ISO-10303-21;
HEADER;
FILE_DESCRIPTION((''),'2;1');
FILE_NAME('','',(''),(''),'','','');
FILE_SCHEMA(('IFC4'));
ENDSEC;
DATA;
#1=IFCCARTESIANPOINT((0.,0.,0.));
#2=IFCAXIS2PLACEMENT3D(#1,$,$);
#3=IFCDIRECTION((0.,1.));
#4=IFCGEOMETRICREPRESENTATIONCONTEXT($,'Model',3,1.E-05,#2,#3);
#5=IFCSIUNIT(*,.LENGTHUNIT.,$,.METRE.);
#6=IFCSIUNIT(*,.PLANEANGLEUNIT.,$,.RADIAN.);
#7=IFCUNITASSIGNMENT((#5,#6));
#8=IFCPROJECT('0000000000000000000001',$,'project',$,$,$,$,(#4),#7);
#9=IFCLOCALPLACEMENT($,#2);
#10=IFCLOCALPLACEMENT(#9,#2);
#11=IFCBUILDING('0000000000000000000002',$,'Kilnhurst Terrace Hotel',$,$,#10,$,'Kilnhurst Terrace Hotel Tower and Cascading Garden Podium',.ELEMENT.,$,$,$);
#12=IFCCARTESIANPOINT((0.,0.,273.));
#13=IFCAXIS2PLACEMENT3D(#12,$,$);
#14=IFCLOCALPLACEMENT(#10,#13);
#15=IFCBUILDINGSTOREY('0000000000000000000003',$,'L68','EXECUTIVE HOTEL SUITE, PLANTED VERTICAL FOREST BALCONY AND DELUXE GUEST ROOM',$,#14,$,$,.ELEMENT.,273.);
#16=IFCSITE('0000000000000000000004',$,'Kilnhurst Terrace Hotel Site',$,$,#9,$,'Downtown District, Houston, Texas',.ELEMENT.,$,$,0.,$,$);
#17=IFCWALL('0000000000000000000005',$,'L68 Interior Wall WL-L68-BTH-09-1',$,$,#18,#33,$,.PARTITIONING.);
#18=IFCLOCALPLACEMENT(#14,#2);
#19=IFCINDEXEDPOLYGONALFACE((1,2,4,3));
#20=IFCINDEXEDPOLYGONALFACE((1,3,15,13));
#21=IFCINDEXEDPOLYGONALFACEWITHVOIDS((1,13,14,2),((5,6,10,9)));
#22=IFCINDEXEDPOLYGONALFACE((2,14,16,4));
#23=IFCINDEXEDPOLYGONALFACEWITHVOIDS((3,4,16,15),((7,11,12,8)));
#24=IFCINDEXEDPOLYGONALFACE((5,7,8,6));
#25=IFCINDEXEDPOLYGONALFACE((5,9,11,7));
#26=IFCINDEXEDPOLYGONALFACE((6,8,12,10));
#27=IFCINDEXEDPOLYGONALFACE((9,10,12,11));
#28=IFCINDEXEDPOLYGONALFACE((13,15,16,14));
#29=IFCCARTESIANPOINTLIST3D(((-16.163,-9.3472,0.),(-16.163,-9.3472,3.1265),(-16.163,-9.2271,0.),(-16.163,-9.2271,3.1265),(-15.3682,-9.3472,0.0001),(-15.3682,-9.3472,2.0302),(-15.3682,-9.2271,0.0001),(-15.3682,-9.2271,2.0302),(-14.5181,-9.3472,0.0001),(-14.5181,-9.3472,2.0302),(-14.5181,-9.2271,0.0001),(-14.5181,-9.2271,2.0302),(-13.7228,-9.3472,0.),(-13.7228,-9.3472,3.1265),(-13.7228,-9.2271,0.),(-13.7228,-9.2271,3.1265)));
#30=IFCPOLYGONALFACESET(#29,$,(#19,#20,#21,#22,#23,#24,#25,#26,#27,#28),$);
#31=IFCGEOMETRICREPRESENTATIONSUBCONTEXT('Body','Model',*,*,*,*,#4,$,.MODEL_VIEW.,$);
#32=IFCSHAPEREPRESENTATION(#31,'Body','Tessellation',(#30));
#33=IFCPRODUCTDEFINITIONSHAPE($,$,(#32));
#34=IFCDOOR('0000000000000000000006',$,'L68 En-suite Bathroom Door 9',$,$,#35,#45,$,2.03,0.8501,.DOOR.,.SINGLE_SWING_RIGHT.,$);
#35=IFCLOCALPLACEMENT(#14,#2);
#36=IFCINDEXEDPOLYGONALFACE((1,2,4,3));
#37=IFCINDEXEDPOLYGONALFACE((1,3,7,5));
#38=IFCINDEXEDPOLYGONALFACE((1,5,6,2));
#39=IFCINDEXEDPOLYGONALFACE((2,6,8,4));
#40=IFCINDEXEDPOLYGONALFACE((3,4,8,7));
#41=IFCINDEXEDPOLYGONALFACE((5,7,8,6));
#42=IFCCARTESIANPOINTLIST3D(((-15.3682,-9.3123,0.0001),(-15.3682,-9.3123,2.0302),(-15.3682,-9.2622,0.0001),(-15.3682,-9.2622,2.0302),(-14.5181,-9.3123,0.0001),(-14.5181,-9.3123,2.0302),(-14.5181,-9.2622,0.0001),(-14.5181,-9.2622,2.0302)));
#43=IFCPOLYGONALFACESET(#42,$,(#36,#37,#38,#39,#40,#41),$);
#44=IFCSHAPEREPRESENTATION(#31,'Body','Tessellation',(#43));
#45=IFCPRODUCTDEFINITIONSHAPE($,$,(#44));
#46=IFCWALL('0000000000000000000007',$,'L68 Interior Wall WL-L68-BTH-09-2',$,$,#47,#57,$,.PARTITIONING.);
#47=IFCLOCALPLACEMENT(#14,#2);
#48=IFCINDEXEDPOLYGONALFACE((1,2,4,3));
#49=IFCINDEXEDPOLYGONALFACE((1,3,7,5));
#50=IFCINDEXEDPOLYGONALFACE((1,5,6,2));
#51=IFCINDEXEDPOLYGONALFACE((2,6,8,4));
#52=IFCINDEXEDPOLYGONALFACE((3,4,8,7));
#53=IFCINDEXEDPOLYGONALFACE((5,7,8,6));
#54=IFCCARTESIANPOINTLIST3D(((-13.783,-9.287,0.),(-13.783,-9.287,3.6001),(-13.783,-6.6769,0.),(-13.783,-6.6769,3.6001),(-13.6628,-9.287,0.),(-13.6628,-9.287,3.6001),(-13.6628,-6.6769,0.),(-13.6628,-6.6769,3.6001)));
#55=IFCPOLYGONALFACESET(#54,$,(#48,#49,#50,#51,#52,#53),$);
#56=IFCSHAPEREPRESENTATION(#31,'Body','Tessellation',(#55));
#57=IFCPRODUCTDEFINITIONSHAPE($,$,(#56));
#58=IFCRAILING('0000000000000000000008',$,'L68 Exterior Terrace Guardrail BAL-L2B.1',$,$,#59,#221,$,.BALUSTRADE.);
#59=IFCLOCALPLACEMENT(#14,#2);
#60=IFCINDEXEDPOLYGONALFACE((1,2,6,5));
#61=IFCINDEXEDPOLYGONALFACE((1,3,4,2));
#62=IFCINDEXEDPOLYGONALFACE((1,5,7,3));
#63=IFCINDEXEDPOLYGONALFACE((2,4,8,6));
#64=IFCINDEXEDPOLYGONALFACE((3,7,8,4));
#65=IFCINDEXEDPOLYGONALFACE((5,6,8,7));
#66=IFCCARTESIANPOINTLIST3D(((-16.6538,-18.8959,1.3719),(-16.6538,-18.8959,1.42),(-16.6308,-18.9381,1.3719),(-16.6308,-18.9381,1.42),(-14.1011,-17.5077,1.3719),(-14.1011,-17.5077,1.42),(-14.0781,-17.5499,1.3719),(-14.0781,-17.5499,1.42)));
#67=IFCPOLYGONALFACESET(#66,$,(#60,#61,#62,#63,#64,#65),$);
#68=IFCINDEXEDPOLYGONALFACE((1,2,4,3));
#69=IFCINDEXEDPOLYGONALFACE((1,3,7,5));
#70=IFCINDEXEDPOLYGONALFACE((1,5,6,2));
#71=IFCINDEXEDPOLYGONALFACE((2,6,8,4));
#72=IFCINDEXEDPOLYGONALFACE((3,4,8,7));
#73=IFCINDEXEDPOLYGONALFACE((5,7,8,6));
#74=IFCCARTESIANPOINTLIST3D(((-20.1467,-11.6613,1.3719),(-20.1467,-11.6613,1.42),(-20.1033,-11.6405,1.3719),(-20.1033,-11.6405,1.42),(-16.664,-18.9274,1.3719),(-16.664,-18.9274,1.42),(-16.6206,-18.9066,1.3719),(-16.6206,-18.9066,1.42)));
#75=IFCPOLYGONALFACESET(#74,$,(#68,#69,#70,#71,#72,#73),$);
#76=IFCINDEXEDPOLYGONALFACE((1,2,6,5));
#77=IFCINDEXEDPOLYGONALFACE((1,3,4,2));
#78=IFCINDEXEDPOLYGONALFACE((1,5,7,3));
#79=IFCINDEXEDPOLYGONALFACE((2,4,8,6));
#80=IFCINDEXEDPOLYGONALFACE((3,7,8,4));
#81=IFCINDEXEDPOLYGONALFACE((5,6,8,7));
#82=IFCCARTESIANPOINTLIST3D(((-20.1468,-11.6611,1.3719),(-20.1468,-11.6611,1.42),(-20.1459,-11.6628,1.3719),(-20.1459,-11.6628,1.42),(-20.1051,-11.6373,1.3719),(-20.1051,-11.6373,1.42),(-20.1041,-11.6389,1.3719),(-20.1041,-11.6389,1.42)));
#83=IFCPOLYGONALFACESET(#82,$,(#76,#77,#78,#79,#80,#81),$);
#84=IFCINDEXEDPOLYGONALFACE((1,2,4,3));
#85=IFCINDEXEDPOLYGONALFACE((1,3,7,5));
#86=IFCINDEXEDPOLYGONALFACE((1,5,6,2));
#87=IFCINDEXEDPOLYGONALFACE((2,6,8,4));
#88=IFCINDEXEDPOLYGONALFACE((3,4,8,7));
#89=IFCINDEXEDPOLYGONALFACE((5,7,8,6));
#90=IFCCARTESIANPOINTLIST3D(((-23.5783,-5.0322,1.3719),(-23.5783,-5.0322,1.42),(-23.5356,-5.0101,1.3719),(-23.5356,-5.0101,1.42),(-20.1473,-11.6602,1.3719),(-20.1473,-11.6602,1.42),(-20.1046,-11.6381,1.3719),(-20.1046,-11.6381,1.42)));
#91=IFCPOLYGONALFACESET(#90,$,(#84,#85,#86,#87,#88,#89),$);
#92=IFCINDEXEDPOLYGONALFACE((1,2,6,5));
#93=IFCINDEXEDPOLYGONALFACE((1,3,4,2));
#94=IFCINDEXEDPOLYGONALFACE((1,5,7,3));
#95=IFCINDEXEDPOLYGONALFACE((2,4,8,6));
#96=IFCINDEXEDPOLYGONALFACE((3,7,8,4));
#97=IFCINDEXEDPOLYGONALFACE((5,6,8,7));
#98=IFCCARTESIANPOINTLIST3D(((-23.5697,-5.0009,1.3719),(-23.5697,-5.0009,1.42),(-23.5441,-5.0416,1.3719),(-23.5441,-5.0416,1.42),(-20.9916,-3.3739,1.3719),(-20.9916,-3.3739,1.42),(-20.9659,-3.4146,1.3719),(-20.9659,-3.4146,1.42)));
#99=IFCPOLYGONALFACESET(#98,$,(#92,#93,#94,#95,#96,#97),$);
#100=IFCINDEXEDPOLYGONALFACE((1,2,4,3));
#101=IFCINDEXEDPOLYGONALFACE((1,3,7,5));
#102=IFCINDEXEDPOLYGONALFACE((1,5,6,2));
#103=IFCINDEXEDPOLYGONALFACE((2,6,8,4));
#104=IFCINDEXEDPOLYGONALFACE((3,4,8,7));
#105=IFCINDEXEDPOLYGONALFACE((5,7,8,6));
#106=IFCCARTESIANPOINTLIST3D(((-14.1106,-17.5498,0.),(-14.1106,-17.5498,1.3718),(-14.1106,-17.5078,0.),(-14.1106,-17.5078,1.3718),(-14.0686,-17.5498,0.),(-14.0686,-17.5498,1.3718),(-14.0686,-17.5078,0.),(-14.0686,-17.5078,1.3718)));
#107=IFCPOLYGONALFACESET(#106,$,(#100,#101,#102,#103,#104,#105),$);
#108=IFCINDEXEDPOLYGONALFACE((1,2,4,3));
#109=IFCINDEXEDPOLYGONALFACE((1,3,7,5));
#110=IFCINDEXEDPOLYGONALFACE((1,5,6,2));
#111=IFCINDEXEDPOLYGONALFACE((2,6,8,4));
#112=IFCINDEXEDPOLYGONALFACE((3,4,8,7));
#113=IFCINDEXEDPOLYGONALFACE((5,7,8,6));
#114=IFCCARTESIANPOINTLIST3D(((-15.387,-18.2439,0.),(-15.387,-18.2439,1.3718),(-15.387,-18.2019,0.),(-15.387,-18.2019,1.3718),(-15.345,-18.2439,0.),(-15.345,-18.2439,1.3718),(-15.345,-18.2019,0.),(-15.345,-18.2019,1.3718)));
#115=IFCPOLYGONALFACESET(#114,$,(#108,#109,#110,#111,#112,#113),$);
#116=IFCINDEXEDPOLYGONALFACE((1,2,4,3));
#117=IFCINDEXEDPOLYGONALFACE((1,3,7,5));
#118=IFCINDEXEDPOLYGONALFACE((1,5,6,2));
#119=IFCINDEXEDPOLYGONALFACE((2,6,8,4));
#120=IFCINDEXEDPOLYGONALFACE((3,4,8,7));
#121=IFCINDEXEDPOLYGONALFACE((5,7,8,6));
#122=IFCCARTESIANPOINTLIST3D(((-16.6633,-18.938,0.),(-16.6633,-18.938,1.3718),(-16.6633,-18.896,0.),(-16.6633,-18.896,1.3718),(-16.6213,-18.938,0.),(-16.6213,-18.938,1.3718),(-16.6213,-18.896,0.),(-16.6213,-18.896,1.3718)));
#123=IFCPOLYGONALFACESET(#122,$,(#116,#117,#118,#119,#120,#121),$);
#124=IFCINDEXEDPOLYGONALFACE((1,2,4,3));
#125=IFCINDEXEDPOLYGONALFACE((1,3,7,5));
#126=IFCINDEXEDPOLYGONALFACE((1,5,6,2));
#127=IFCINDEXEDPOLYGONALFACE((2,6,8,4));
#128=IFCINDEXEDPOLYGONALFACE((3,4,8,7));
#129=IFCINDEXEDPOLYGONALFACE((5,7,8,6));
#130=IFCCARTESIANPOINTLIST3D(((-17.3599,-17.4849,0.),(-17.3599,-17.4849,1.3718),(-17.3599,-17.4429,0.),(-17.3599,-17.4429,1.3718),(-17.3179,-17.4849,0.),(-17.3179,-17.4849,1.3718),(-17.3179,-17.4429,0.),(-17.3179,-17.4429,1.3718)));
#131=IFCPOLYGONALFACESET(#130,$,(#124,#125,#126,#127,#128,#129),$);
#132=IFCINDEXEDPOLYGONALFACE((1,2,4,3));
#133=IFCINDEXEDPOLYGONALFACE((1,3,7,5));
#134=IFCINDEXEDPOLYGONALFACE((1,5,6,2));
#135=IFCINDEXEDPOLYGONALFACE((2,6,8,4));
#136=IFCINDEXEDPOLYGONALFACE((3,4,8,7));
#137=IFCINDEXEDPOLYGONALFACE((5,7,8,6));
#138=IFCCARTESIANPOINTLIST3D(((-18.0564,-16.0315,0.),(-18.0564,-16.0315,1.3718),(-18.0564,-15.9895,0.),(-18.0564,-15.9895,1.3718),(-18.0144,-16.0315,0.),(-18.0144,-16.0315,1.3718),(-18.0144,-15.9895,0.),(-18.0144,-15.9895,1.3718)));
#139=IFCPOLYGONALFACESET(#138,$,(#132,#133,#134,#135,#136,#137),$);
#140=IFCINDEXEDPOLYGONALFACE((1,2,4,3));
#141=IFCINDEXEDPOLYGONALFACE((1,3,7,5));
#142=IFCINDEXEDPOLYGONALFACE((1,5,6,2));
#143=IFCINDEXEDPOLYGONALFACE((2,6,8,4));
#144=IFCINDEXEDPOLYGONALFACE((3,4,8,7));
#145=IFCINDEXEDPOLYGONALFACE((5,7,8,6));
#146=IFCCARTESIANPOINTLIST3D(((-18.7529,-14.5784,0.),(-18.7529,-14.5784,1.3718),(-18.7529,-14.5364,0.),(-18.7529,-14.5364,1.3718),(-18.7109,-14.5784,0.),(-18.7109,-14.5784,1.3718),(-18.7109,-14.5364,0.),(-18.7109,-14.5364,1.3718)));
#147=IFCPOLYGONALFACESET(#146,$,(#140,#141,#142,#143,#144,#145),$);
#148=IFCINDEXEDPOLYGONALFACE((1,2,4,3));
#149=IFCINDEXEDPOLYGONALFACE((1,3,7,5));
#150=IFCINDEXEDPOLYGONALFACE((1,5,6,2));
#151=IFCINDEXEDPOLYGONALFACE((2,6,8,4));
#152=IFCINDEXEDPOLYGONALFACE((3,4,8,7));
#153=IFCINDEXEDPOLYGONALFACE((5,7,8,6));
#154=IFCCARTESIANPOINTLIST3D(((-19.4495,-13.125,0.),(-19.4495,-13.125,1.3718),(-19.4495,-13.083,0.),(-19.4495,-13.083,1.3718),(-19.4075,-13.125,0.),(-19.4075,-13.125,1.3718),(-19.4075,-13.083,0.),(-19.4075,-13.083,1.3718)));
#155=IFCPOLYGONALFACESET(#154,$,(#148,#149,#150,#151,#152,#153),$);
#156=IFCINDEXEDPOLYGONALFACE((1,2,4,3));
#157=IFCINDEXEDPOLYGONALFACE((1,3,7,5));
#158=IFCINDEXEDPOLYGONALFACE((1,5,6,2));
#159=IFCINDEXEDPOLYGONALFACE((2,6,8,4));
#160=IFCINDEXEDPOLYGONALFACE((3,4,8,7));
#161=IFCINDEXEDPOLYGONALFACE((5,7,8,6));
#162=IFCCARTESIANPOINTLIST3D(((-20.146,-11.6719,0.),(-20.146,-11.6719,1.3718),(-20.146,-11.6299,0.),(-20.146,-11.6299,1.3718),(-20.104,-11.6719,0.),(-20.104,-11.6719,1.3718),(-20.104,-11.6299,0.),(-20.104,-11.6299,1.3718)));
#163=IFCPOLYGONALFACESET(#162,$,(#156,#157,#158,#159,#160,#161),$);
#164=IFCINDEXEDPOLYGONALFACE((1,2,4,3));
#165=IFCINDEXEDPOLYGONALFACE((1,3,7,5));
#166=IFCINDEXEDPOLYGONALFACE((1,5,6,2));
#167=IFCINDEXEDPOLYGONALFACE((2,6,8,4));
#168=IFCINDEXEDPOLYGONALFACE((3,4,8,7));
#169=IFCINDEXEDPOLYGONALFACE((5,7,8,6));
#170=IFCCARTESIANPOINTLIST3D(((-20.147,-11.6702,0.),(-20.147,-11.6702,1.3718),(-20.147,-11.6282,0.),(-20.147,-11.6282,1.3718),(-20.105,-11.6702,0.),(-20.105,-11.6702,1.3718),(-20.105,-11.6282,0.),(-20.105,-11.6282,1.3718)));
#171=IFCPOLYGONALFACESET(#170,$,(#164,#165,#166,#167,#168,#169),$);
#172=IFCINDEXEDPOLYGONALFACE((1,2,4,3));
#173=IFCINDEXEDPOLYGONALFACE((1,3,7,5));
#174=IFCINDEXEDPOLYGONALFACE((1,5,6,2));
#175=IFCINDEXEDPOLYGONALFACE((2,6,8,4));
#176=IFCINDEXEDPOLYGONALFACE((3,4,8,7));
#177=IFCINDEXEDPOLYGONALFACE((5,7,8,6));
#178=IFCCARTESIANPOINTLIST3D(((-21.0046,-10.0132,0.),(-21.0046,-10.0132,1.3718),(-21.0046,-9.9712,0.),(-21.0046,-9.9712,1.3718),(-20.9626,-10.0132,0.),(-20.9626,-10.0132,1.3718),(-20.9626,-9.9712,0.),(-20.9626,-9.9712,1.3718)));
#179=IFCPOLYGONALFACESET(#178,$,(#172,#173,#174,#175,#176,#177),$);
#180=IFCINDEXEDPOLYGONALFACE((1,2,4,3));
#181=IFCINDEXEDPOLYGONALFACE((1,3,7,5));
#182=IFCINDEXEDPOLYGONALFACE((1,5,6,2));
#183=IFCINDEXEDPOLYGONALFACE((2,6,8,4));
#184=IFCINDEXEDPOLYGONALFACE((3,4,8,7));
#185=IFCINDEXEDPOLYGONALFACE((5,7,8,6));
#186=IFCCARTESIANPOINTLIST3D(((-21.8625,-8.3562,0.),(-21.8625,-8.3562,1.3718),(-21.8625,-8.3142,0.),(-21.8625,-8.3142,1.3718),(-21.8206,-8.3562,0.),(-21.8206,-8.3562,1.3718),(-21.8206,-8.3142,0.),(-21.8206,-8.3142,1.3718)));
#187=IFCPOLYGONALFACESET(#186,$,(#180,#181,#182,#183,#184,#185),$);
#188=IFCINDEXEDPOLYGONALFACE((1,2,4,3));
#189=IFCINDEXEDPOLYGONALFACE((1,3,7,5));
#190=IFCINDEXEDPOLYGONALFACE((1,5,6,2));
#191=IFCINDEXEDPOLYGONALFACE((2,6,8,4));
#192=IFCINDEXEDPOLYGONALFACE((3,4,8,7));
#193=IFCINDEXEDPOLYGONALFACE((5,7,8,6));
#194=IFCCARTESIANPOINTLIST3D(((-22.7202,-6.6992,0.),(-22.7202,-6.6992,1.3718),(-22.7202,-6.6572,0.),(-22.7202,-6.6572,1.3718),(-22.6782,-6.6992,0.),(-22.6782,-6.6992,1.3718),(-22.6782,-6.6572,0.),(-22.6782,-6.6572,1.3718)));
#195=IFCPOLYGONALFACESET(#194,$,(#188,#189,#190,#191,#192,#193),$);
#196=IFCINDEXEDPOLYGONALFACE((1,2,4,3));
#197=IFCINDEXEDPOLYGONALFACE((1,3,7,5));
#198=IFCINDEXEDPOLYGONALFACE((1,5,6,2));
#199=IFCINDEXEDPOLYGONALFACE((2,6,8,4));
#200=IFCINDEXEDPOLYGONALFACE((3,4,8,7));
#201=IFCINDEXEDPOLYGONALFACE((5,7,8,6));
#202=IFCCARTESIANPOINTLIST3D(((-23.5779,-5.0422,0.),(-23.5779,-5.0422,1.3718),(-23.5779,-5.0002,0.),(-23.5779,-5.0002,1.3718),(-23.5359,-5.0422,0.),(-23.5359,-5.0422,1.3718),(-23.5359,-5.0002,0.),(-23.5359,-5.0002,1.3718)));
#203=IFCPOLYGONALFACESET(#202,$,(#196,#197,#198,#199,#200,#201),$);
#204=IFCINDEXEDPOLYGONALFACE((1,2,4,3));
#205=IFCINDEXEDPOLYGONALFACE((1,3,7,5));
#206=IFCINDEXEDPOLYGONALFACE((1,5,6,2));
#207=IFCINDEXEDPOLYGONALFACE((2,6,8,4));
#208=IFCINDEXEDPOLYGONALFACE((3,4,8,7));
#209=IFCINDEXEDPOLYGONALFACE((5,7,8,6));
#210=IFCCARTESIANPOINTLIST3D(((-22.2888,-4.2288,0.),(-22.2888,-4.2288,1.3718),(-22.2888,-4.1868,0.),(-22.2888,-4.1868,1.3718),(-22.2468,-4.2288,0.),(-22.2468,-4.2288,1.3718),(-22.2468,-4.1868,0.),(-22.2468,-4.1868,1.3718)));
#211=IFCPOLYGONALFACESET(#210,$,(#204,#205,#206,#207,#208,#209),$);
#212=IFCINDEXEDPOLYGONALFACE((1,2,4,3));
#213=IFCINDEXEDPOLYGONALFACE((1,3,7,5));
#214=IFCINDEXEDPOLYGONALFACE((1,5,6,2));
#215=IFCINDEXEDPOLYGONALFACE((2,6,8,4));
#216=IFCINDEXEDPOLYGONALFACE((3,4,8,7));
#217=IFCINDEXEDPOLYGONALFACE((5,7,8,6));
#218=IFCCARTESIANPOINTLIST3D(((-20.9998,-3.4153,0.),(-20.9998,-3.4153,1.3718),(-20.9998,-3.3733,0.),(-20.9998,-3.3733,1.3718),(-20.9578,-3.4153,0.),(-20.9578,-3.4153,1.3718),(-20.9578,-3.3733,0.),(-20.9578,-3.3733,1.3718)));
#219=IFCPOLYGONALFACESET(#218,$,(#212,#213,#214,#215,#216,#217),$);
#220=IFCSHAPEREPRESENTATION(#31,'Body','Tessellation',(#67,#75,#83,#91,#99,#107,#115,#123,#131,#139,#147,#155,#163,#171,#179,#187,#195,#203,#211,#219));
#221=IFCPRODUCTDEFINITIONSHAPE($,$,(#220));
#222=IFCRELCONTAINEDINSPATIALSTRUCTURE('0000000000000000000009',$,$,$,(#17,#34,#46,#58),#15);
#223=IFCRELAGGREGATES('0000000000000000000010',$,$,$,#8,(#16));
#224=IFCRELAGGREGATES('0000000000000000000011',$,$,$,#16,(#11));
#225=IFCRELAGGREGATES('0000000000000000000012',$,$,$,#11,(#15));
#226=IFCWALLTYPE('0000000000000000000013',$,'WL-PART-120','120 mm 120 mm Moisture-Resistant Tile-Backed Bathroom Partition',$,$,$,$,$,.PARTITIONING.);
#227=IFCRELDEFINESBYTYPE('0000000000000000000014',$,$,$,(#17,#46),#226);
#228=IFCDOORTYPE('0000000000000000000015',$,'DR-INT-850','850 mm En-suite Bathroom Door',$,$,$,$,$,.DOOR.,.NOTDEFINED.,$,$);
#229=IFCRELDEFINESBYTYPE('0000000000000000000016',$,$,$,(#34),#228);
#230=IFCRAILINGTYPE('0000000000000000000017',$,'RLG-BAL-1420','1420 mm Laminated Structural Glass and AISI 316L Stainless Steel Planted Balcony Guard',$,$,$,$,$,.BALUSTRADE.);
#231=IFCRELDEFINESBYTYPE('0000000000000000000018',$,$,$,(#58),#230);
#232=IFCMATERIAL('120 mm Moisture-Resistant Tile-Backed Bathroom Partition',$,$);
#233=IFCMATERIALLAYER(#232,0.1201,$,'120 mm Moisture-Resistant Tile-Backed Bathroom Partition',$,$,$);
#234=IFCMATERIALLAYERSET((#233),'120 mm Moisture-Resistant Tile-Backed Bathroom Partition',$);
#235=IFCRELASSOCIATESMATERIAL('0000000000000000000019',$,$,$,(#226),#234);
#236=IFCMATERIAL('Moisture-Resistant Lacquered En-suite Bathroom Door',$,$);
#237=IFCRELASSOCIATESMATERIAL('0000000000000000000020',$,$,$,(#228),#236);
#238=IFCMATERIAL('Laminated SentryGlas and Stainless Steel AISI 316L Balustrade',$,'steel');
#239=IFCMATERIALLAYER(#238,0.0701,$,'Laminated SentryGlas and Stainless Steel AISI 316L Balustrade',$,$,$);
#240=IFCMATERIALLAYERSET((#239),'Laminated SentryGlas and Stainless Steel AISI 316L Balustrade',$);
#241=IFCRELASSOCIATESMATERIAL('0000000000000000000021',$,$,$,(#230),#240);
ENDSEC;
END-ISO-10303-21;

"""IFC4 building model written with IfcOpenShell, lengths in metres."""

from ifc_helpers import new_model, si_unit, direction, frame, frame_2d, origin, origin_2d, place, context, subcontext, project, spatial, rectangle, extrude, material, layer, layer_set, type_object, element, fill, save


model = new_model("IFC4")

# Units and contexts
model_context = context("Model", 3, precision=1e-05, world=origin(), true_north=direction((0.0, 1.0)))
body_context = subcontext(model_context, "Body", "Model", "MODEL_VIEW")
ifc_project = project(units=[si_unit("LENGTHUNIT", "METRE"), si_unit("PLANEANGLEUNIT", "RADIAN")], contexts=[model_context])

# Site, building, storey
site_placement = place(None, origin())
site = spatial("IfcSite", under=ifc_project, at=site_placement, Name="Kilnhurst Terrace Hotel Site", LongName="Downtown District, Houston, Texas", CompositionType="ELEMENT", RefElevation=0.0)
building_placement = place(site_placement, origin())
building = spatial("IfcBuilding", under=site, at=building_placement, Name="Kilnhurst Terrace Hotel", LongName="Kilnhurst Terrace Hotel Tower and Cascading Garden Podium", CompositionType="ELEMENT")
storey_placement = place(building_placement, frame((0.0, 0.0, 273.0)))
storey = spatial("IfcBuildingStorey", under=building, at=storey_placement, Name="L68", Description="EXECUTIVE HOTEL SUITE, PLANTED VERTICAL FOREST BALCONY AND DELUXE GUEST ROOM", CompositionType="ELEMENT", Elevation=273.0)

# Wall, opening, door
ifc_material_1 = material(Name="120 mm Moisture-Resistant Tile-Backed Bathroom Partition")
ifc_layer_1 = layer(ifc_material_1, 0.1201, Name="120 mm Moisture-Resistant Tile-Backed Bathroom Partition")
ifc_layer_set_1 = layer_set([ifc_layer_1], Name="120 mm Moisture-Resistant Tile-Backed Bathroom Partition")
wall_type_1 = type_object("IfcWallType", Name="WL-PART-120", Description="120 mm 120 mm Moisture-Resistant Tile-Backed Bathroom Partition", PredefinedType="PARTITIONING", material=ifc_layer_set_1)
wall_1_placement = place(storey_placement, frame((-16.1631, -9.2871, 0.0), z_axis=(0.0, 0.0, 1.0), x_axis=(1.0, 0.0, 0.0)))
wall_1 = element("IfcWall", 1, at=wall_1_placement, inside=storey, type_object=wall_type_1, Name="L68 Interior Wall WL-L68-BTH-09-1", PredefinedType="PARTITIONING", context=body_context, shape_type="SweptSolid", body=[
    extrude(rectangle(XDim=2.4402, YDim=0.1201, at=frame_2d((1.2202, 0.0))), origin(), (0.0, 0.0, 1.0), 3.1265),
])
opening_1_placement = place(wall_1_placement, frame((0.7949, 0.0, 0.0)))
opening_1 = element("IfcOpeningElement", 2, at=opening_1_placement, cuts=wall_1, PredefinedType="OPENING", context=body_context, shape_type="SweptSolid", body=[
    extrude(rectangle(XDim=0.8501, YDim=2.03, at=frame_2d((0.425, 1.0151))), frame((0.0, 0.0701, 0.0), z_axis=(0.0, -1.0, 0.0), x_axis=(1.0, 0.0, 0.0)), (0.0, 0.0, 1.0), 0.1401),
])
ifc_material_2 = material(Name="Moisture-Resistant Lacquered En-suite Bathroom Door")
door_type_1 = type_object("IfcDoorType", Name="DR-INT-850", Description="850 mm En-suite Bathroom Door", OperationType="NOTDEFINED", PredefinedType="DOOR", material=ifc_material_2)
door_1_placement = place(opening_1_placement, origin())
door_1 = element("IfcDoor", 3, at=door_1_placement, inside=storey, type_object=door_type_1, Name="L68 En-suite Bathroom Door 9", OperationType="SINGLE_SWING_RIGHT", OverallHeight=2.03, OverallWidth=0.8501, PredefinedType="DOOR", context=body_context, shape_type="SweptSolid", body=[
    extrude(rectangle(XDim=0.8501, YDim=2.03, at=frame_2d((0.425, 1.0151))), frame((0.0, 0.0249, 0.0), z_axis=(0.0, -1.0, 0.0), x_axis=(1.0, 0.0, 0.0)), (0.0, 0.0, 1.0), 0.05),
])
fill(opening_1, door_1)

# Wall
wall_2_placement = place(storey_placement, frame((-13.7229, -9.2871, 0.0), z_axis=(0.0, 0.0, 1.0), x_axis=(0.0, 1.0, 0.0)))
element("IfcWall", 4, at=wall_2_placement, inside=storey, type_object=wall_type_1, Name="L68 Interior Wall WL-L68-BTH-09-2", PredefinedType="PARTITIONING", context=body_context, shape_type="SweptSolid", body=[
    extrude(rectangle(XDim=2.6101, YDim=0.1201, at=frame_2d((1.3052, 0.0))), origin(), (0.0, 0.0, 1.0), 3.6001),
])

# Railing
ifc_material_3 = material(Name="Laminated SentryGlas and Stainless Steel AISI 316L Balustrade", Category="steel")
ifc_layer_2 = layer(ifc_material_3, 0.0701, Name="Laminated SentryGlas and Stainless Steel AISI 316L Balustrade")
ifc_layer_set_2 = layer_set([ifc_layer_2], Name="Laminated SentryGlas and Stainless Steel AISI 316L Balustrade")
railing_type = type_object("IfcRailingType", Name="RLG-BAL-1420", Description="1420 mm Laminated Structural Glass and AISI 316L Stainless Steel Planted Balcony Guard", PredefinedType="BALUSTRADE", material=ifc_layer_set_2)
railing_placement = place(storey_placement, frame((-14.0896, -17.5288, 0.0)))
element("IfcRailing", 5, at=railing_placement, inside=storey, type_object=railing_type, Name="L68 Exterior Terrace Guardrail BAL-L2B.1", PredefinedType="BALUSTRADE", context=body_context, shape_type="SweptSolid", body=[
    extrude(rectangle(XDim=0.0481, YDim=0.0481, at=origin_2d()), frame((0.0, 0.0, 1.396), z_axis=(-0.878505, -0.477733, 0.0), x_axis=(0.477733, -0.878505, 0.0)), (0.0, 0.0, 1.0), 2.9058),
    extrude(rectangle(XDim=0.0481, YDim=0.0481, at=origin_2d()), frame((-2.5527, -1.3882, 1.396), z_axis=(-0.43222, 0.901768, 0.0), x_axis=(-0.901768, -0.43222, 0.0)), (0.0, 0.0, 1.0), 8.0576),
    extrude(rectangle(XDim=0.0481, YDim=0.0481, at=origin_2d()), frame((-6.0354, 5.8779, 1.396), z_axis=(-0.496139, 0.868243, 0.0), x_axis=(-0.868243, -0.496139, 0.0)), (0.0, 0.0, 1.0), 0.002),
    extrude(rectangle(XDim=0.0481, YDim=0.0481, at=origin_2d()), frame((-6.0364, 5.8796, 1.396), z_axis=(-0.459705, 0.888072, 0.0), x_axis=(-0.888072, -0.459705, 0.0)), (0.0, 0.0, 1.0), 7.4634),
    extrude(rectangle(XDim=0.0481, YDim=0.0481, at=origin_2d()), frame((-9.4673, 12.5076, 1.396), z_axis=(0.845687, 0.53368, 0.0), x_axis=(-0.53368, 0.845687, 0.0)), (0.0, 0.0, 1.0), 3.0486),
    extrude(rectangle(XDim=0.042, YDim=0.042, at=origin_2d()), origin(), (0.0, 0.0, 1.0), 1.3718),
    extrude(rectangle(XDim=0.042, YDim=0.042, at=origin_2d()), frame((-1.2764, -0.6941, 0.0)), (0.0, 0.0, 1.0), 1.3718),
    extrude(rectangle(XDim=0.042, YDim=0.042, at=origin_2d()), frame((-2.5527, -1.3882, 0.0)), (0.0, 0.0, 1.0), 1.3718),
    extrude(rectangle(XDim=0.042, YDim=0.042, at=origin_2d()), frame((-3.2493, 0.0649, 0.0)), (0.0, 0.0, 1.0), 1.3718),
    extrude(rectangle(XDim=0.042, YDim=0.042, at=origin_2d()), frame((-3.9458, 1.5183, 0.0)), (0.0, 0.0, 1.0), 1.3718),
    extrude(rectangle(XDim=0.042, YDim=0.042, at=origin_2d()), frame((-4.6423, 2.9714, 0.0)), (0.0, 0.0, 1.0), 1.3718),
    extrude(rectangle(XDim=0.042, YDim=0.042, at=origin_2d()), frame((-5.3389, 4.4248, 0.0)), (0.0, 0.0, 1.0), 1.3718),
    extrude(rectangle(XDim=0.042, YDim=0.042, at=origin_2d()), frame((-6.0354, 5.8779, 0.0)), (0.0, 0.0, 1.0), 1.3718),
    extrude(rectangle(XDim=0.042, YDim=0.042, at=origin_2d()), frame((-6.0364, 5.8796, 0.0)), (0.0, 0.0, 1.0), 1.3718),
    extrude(rectangle(XDim=0.042, YDim=0.042, at=origin_2d()), frame((-6.894, 7.5366, 0.0)), (0.0, 0.0, 1.0), 1.3718),
    extrude(rectangle(XDim=0.042, YDim=0.042, at=origin_2d()), frame((-7.752, 9.1936, 0.0)), (0.0, 0.0, 1.0), 1.3718),
    extrude(rectangle(XDim=0.042, YDim=0.042, at=origin_2d()), frame((-8.6096, 10.8506, 0.0)), (0.0, 0.0, 1.0), 1.3718),
    extrude(rectangle(XDim=0.042, YDim=0.042, at=origin_2d()), frame((-9.4673, 12.5076, 0.0)), (0.0, 0.0, 1.0), 1.3718),
    extrude(rectangle(XDim=0.042, YDim=0.042, at=origin_2d()), frame((-8.1782, 13.321, 0.0)), (0.0, 0.0, 1.0), 1.3718),
    extrude(rectangle(XDim=0.042, YDim=0.042, at=origin_2d()), frame((-6.8892, 14.1345, 0.0)), (0.0, 0.0, 1.0), 1.3718),
])

save(model, "model.ifc")
